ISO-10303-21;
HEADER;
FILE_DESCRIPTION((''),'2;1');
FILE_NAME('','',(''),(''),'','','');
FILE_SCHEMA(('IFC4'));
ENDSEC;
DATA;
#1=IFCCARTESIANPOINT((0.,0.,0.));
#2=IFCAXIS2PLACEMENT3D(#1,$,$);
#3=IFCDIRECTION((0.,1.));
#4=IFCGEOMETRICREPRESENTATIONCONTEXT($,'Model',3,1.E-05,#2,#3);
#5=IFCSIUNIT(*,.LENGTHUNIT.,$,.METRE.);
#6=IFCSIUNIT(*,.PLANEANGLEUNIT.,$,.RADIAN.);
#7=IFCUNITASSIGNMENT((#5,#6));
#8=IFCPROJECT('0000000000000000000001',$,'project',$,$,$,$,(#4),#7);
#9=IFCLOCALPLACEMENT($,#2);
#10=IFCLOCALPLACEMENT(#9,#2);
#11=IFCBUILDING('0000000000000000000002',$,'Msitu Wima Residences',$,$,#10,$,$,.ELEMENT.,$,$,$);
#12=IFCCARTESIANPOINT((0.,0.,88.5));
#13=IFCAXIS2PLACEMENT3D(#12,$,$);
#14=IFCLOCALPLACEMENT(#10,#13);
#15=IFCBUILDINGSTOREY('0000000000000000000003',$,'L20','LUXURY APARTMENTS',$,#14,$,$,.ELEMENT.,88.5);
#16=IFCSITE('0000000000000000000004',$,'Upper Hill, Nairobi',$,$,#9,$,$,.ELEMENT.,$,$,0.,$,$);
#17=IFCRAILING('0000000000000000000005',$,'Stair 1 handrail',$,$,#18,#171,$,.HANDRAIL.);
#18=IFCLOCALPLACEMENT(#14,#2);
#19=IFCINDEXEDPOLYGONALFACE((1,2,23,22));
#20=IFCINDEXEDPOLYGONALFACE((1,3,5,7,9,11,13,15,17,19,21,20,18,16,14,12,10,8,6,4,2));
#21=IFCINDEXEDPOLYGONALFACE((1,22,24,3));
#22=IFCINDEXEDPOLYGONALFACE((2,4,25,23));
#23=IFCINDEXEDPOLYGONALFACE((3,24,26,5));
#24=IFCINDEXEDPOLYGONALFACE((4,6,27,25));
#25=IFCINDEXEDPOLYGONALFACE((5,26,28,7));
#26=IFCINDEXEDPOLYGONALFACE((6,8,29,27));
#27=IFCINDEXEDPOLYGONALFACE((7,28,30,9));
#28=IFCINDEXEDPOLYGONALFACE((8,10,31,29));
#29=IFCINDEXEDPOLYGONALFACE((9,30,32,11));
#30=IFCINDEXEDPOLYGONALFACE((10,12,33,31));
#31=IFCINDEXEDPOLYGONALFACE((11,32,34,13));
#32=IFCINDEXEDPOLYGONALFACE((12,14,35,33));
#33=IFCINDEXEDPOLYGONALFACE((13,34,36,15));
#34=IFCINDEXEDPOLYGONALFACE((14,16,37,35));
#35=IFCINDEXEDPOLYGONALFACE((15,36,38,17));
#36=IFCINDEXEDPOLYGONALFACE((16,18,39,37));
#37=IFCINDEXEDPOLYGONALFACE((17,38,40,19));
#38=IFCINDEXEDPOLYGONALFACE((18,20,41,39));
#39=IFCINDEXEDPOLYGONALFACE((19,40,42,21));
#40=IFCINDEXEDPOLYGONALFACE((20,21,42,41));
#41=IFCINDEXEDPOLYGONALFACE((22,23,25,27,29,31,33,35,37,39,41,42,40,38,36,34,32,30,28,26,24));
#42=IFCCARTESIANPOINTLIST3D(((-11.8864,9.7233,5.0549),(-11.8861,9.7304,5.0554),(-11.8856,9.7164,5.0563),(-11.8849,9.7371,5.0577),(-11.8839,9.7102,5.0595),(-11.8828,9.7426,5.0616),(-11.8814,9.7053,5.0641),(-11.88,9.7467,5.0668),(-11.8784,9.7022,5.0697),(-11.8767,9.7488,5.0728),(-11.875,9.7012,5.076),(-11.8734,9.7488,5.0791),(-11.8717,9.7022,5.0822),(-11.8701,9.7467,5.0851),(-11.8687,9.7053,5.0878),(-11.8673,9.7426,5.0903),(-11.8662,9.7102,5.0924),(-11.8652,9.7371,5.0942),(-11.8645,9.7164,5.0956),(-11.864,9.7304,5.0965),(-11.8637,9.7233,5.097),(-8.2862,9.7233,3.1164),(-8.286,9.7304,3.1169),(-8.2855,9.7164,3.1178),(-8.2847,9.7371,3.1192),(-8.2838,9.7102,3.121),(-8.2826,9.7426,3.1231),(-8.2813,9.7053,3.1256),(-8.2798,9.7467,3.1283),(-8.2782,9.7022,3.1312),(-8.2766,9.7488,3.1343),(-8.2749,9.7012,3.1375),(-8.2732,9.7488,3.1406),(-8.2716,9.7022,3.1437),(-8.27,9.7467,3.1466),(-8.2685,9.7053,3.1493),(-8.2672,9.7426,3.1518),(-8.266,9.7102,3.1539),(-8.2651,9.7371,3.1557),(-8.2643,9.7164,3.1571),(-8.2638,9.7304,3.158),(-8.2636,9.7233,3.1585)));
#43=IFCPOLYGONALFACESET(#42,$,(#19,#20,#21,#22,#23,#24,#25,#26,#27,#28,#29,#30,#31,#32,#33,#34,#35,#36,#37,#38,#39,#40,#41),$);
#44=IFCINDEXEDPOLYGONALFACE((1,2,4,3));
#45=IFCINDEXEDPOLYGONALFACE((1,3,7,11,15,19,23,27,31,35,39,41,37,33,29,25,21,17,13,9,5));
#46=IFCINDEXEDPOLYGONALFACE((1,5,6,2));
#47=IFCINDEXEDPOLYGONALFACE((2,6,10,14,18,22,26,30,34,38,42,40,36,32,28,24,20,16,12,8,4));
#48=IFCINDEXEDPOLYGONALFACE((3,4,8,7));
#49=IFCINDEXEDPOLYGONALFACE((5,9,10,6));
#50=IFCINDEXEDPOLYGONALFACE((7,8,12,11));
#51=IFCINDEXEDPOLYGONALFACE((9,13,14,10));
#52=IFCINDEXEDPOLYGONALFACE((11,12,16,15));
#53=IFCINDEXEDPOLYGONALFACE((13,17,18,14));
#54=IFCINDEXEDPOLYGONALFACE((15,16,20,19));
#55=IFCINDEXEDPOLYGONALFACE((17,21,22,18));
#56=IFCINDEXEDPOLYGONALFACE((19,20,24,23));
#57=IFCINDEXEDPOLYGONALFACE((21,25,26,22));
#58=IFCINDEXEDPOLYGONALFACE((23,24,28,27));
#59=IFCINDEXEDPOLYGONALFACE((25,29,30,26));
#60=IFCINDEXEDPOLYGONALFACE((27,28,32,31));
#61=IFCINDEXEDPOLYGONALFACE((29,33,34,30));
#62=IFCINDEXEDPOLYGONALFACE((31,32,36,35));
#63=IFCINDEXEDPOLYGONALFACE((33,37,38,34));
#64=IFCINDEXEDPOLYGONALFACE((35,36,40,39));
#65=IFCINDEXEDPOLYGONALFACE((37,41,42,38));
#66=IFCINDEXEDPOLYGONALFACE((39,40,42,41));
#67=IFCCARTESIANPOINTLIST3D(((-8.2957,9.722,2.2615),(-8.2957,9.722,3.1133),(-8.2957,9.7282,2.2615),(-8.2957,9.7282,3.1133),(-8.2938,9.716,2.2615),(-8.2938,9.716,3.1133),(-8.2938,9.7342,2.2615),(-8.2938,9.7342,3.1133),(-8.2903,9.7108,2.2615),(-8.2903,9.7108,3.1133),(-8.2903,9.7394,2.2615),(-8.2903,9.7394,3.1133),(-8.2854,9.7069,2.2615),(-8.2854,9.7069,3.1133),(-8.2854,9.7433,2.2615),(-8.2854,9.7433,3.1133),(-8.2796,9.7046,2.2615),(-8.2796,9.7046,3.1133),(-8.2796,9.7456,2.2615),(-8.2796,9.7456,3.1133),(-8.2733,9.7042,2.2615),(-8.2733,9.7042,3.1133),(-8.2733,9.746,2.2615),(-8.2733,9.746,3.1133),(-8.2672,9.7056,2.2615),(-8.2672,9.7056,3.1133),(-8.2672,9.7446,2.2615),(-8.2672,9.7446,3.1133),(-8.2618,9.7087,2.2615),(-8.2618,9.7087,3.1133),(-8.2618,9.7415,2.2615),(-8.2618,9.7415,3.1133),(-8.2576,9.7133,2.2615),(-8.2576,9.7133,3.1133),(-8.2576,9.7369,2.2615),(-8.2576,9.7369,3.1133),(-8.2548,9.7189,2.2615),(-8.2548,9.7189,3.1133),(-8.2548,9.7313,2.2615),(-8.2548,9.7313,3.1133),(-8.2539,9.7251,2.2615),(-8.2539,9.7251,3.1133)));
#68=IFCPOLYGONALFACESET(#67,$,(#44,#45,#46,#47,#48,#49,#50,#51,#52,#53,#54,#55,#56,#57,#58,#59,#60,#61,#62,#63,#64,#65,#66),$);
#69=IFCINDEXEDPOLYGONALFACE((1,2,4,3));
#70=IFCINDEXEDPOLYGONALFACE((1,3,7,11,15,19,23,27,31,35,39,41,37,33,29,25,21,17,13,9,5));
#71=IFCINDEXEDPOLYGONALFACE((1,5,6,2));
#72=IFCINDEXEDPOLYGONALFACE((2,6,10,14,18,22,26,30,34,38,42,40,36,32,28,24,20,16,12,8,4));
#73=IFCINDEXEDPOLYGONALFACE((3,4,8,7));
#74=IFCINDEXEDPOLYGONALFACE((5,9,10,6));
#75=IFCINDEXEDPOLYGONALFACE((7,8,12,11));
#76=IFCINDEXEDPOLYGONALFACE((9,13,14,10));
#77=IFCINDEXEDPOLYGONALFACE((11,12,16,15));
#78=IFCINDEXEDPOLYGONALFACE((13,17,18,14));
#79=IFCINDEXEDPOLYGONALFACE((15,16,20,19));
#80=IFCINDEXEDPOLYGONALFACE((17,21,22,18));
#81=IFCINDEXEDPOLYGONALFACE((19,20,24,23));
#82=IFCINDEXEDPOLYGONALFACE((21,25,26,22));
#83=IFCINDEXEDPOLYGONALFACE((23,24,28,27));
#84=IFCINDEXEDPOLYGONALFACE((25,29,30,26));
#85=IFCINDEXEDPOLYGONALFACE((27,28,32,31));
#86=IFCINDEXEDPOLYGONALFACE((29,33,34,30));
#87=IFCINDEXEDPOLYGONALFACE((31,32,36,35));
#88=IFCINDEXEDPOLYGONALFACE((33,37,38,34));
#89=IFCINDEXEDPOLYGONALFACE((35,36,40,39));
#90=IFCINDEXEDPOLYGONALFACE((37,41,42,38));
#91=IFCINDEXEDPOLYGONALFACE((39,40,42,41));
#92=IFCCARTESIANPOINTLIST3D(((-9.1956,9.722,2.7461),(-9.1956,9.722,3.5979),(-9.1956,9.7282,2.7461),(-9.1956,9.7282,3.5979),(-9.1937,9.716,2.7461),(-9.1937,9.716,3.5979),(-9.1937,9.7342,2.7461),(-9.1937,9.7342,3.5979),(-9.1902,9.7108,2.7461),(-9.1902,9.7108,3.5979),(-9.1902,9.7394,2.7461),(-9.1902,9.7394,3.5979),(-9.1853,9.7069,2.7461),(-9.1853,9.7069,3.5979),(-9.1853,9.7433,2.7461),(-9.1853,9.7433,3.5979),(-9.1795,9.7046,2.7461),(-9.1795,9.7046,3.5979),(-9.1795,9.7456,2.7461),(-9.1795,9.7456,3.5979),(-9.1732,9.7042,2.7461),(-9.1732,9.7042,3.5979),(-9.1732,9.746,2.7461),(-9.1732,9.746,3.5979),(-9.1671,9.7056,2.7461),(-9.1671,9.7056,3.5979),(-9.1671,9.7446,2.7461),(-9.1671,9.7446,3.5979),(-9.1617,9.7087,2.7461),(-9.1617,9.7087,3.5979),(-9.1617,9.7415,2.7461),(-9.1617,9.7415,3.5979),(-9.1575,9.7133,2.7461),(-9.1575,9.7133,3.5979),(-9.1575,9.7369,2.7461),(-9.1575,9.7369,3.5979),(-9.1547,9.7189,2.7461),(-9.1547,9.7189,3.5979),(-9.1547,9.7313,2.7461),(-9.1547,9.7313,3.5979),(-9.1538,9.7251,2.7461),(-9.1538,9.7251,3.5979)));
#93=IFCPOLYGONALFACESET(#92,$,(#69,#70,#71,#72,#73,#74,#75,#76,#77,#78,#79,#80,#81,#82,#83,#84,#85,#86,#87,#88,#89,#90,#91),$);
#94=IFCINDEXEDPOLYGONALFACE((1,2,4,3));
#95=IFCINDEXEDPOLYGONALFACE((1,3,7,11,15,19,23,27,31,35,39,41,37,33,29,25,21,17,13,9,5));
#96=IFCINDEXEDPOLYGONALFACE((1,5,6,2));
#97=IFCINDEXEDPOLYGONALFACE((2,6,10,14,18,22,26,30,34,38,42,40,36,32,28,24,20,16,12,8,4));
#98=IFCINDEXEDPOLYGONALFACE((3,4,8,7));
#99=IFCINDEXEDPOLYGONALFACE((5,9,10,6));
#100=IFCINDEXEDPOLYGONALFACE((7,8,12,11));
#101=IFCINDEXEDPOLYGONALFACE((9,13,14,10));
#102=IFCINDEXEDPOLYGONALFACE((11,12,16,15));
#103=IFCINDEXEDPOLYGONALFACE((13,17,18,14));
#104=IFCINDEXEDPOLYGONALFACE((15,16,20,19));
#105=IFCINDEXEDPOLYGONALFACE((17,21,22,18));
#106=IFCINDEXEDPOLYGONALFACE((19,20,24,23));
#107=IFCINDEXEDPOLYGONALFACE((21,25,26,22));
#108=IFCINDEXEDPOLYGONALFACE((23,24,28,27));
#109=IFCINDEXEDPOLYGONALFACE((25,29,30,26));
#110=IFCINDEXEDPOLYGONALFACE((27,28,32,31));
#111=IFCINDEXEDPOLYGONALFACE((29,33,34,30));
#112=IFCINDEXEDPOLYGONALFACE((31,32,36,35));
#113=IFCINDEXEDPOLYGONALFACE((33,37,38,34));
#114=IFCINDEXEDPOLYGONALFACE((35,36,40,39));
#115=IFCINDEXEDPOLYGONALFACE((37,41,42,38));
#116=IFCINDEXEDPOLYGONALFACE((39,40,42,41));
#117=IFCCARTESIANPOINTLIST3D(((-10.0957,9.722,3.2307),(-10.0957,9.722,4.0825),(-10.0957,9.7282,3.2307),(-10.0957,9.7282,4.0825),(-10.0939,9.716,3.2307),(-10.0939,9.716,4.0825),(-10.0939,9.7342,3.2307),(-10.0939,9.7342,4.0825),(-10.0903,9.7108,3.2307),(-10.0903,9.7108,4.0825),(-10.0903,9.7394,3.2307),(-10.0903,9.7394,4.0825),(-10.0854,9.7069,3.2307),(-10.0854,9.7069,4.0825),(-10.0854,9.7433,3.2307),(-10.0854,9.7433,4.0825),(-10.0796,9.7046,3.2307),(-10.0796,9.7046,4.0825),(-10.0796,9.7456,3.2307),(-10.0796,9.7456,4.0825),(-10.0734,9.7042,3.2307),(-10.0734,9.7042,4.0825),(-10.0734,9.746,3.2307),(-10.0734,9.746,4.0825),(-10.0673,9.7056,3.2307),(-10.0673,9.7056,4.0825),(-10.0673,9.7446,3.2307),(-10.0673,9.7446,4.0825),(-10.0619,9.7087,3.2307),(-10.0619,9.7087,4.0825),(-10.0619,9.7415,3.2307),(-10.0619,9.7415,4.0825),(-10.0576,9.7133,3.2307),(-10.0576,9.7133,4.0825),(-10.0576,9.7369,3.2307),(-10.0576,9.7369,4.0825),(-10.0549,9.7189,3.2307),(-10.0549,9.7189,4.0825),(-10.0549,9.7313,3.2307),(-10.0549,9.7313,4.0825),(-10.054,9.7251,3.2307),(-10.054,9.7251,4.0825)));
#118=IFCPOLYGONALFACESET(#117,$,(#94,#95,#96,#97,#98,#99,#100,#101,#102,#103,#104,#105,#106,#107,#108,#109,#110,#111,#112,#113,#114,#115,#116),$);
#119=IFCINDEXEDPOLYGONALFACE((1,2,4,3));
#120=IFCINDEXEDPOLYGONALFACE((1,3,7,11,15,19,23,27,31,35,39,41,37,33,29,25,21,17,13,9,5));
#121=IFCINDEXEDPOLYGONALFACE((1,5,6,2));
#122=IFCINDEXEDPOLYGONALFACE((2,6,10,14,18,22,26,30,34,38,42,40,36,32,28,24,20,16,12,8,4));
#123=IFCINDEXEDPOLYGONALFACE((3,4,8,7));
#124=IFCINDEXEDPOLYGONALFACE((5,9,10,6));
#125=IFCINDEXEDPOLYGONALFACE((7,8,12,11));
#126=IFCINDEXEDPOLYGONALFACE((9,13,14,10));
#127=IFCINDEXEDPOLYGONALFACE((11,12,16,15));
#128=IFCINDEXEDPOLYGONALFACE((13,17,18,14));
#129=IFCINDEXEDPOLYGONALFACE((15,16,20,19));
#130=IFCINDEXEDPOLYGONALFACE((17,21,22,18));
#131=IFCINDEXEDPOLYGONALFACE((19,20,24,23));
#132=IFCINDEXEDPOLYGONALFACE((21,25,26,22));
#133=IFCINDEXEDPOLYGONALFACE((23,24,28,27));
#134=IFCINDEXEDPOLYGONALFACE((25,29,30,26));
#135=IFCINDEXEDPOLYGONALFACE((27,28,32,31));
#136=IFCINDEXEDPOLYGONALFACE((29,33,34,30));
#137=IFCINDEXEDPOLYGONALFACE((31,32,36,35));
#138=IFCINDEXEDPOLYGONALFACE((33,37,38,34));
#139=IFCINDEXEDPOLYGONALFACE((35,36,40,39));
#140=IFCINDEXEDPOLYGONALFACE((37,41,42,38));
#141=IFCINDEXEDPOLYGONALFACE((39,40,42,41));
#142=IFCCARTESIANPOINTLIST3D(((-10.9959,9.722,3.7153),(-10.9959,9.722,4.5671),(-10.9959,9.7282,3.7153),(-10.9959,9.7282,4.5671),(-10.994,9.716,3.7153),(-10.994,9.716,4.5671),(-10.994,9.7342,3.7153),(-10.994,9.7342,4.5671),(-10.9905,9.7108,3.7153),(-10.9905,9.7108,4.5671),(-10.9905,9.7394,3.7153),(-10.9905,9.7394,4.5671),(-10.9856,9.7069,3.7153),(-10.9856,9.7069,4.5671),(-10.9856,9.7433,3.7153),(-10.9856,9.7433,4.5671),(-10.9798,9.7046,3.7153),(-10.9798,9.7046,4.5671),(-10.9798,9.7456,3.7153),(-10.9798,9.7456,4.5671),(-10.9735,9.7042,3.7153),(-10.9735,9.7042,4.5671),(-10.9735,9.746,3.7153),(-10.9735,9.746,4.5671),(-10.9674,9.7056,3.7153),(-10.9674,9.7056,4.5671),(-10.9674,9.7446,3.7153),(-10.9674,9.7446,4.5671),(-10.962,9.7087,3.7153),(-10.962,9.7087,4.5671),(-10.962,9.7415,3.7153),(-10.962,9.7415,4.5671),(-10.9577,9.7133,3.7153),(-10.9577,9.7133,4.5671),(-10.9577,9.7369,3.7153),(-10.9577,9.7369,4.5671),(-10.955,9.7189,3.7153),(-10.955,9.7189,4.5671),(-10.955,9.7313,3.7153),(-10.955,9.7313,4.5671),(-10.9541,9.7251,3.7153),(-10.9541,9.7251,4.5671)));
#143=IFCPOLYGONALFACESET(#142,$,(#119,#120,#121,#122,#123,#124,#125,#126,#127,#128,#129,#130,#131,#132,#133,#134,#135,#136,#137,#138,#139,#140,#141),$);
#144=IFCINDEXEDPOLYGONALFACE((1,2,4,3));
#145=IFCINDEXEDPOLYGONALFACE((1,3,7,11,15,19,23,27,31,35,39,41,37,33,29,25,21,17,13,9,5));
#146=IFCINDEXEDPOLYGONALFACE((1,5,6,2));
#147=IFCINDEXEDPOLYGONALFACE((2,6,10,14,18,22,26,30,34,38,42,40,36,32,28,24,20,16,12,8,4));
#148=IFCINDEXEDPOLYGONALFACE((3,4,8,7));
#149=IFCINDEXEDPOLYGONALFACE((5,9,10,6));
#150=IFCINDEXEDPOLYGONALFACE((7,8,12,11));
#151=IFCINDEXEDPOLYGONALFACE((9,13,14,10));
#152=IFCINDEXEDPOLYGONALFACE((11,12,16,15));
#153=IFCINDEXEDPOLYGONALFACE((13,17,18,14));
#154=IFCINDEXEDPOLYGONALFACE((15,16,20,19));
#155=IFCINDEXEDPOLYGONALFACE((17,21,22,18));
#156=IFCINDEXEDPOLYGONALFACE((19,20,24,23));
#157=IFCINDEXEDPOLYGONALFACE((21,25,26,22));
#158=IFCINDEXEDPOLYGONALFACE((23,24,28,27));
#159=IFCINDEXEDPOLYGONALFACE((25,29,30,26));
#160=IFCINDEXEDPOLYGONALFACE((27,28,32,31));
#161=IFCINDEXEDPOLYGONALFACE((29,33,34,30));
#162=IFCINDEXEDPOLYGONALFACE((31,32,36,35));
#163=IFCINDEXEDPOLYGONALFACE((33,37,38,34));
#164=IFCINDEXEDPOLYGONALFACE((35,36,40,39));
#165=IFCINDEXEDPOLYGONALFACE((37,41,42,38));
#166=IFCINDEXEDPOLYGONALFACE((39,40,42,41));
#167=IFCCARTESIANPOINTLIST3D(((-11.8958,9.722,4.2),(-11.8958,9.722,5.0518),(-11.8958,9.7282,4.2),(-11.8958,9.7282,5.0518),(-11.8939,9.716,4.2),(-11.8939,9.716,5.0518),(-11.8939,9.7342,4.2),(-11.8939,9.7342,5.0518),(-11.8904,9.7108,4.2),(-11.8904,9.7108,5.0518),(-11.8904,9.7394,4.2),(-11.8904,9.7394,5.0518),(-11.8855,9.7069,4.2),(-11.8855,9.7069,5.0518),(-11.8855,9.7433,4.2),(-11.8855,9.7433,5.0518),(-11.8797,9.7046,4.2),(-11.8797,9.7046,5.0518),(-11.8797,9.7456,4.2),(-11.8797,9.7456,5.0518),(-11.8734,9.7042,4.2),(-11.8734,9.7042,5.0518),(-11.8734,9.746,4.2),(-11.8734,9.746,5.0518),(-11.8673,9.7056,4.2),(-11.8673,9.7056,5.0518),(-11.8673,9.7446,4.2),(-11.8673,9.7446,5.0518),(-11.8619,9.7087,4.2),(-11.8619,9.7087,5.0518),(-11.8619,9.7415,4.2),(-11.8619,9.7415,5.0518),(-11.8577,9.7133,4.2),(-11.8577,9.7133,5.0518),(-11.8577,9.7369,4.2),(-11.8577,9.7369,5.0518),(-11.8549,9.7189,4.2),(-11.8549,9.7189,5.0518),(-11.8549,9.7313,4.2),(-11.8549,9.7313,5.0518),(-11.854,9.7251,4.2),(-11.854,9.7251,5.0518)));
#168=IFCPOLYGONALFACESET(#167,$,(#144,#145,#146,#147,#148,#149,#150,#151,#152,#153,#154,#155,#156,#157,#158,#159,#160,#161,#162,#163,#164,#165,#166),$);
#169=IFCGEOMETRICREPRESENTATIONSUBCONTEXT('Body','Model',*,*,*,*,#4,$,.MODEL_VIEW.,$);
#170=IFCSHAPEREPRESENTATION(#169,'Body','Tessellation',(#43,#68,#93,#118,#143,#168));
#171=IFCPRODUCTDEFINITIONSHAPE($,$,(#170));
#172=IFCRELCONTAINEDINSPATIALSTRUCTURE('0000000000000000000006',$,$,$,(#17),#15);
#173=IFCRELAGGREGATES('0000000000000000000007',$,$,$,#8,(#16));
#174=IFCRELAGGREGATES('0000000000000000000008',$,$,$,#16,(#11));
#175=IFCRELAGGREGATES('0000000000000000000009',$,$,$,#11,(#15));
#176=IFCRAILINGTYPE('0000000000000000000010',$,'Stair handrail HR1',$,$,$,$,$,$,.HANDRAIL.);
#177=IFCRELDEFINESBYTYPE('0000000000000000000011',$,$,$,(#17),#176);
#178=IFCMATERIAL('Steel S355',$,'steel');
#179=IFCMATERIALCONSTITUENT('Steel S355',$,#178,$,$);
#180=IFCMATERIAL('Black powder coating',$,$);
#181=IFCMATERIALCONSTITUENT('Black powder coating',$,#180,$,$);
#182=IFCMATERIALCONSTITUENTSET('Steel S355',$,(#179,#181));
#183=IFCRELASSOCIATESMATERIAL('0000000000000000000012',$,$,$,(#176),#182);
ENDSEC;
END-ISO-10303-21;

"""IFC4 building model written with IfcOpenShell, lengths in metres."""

from ifc_helpers import new_model, si_unit, direction, frame, origin, origin_2d, place, context, subcontext, project, spatial, circle, extrude, material, constituent, constituent_set, type_object, element, save


model = new_model("IFC4")

# Units and contexts
model_context = context("Model", 3, precision=1e-05, world=origin(), true_north=direction((0.0, 1.0)))
body_context = subcontext(model_context, "Body", "Model", "MODEL_VIEW")
ifc_project = project(units=[si_unit("LENGTHUNIT", "METRE"), si_unit("PLANEANGLEUNIT", "RADIAN")], contexts=[model_context])

# Site, building, storey
site_placement = place(None, origin())
site = spatial("IfcSite", under=ifc_project, at=site_placement, Name="Upper Hill, Nairobi", CompositionType="ELEMENT", RefElevation=0.0)
building_placement = place(site_placement, origin())
building = spatial("IfcBuilding", under=site, at=building_placement, Name="Msitu Wima Residences", CompositionType="ELEMENT")
storey_placement = place(building_placement, frame((0.0, 0.0, 88.5)))
storey = spatial("IfcBuildingStorey", under=building, at=storey_placement, Name="L20", Description="LUXURY APARTMENTS", CompositionType="ELEMENT", Elevation=88.5)

# Railing
ifc_material_1 = material(Name="Steel S355", Category="steel")
ifc_constituent_1 = constituent(ifc_material_1, Name="Steel S355")
ifc_material_2 = material(Name="Black powder coating")
ifc_constituent_2 = constituent(ifc_material_2, Name="Black powder coating")
ifc_constituent_set = constituent_set(constituents=[ifc_constituent_1, ifc_constituent_2], Name="Steel S355")
railing_type = type_object("IfcRailingType", Name="Stair handrail HR1", PredefinedType="HANDRAIL", material=ifc_constituent_set)
railing_placement = place(storey_placement, frame((-8.2749, 9.7251, 2.2615)))
element("IfcRailing", 1, at=railing_placement, inside=storey, type_object=railing_type, Name="Stair 1 handrail", PredefinedType="HANDRAIL", context=body_context, shape_type="SweptSolid", body=[
    extrude(circle(Radius=0.0239, at=origin_2d()), frame((0.0, 0.0, 0.876), z_axis=(-0.880475, 0.0, 0.474093), x_axis=(0.0, -1.0, 0.0)), (0.0, 0.0, 1.0), 4.0889),
    extrude(circle(Radius=0.021, at=origin_2d()), origin(), (0.0, 0.0, 1.0), 0.8518),
    extrude(circle(Radius=0.021, at=origin_2d()), frame((-0.8999, 0.0, 0.4846)), (0.0, 0.0, 1.0), 0.8518),
    extrude(circle(Radius=0.021, at=origin_2d()), frame((-1.8, 0.0, 0.9692)), (0.0, 0.0, 1.0), 0.8518),
    extrude(circle(Radius=0.021, at=origin_2d()), frame((-2.7002, 0.0, 1.4539)), (0.0, 0.0, 1.0), 0.8518),
    extrude(circle(Radius=0.021, at=origin_2d()), frame((-3.6001, 0.0, 1.9385)), (0.0, 0.0, 1.0), 0.8518),
])

save(model, "model.ifc")
